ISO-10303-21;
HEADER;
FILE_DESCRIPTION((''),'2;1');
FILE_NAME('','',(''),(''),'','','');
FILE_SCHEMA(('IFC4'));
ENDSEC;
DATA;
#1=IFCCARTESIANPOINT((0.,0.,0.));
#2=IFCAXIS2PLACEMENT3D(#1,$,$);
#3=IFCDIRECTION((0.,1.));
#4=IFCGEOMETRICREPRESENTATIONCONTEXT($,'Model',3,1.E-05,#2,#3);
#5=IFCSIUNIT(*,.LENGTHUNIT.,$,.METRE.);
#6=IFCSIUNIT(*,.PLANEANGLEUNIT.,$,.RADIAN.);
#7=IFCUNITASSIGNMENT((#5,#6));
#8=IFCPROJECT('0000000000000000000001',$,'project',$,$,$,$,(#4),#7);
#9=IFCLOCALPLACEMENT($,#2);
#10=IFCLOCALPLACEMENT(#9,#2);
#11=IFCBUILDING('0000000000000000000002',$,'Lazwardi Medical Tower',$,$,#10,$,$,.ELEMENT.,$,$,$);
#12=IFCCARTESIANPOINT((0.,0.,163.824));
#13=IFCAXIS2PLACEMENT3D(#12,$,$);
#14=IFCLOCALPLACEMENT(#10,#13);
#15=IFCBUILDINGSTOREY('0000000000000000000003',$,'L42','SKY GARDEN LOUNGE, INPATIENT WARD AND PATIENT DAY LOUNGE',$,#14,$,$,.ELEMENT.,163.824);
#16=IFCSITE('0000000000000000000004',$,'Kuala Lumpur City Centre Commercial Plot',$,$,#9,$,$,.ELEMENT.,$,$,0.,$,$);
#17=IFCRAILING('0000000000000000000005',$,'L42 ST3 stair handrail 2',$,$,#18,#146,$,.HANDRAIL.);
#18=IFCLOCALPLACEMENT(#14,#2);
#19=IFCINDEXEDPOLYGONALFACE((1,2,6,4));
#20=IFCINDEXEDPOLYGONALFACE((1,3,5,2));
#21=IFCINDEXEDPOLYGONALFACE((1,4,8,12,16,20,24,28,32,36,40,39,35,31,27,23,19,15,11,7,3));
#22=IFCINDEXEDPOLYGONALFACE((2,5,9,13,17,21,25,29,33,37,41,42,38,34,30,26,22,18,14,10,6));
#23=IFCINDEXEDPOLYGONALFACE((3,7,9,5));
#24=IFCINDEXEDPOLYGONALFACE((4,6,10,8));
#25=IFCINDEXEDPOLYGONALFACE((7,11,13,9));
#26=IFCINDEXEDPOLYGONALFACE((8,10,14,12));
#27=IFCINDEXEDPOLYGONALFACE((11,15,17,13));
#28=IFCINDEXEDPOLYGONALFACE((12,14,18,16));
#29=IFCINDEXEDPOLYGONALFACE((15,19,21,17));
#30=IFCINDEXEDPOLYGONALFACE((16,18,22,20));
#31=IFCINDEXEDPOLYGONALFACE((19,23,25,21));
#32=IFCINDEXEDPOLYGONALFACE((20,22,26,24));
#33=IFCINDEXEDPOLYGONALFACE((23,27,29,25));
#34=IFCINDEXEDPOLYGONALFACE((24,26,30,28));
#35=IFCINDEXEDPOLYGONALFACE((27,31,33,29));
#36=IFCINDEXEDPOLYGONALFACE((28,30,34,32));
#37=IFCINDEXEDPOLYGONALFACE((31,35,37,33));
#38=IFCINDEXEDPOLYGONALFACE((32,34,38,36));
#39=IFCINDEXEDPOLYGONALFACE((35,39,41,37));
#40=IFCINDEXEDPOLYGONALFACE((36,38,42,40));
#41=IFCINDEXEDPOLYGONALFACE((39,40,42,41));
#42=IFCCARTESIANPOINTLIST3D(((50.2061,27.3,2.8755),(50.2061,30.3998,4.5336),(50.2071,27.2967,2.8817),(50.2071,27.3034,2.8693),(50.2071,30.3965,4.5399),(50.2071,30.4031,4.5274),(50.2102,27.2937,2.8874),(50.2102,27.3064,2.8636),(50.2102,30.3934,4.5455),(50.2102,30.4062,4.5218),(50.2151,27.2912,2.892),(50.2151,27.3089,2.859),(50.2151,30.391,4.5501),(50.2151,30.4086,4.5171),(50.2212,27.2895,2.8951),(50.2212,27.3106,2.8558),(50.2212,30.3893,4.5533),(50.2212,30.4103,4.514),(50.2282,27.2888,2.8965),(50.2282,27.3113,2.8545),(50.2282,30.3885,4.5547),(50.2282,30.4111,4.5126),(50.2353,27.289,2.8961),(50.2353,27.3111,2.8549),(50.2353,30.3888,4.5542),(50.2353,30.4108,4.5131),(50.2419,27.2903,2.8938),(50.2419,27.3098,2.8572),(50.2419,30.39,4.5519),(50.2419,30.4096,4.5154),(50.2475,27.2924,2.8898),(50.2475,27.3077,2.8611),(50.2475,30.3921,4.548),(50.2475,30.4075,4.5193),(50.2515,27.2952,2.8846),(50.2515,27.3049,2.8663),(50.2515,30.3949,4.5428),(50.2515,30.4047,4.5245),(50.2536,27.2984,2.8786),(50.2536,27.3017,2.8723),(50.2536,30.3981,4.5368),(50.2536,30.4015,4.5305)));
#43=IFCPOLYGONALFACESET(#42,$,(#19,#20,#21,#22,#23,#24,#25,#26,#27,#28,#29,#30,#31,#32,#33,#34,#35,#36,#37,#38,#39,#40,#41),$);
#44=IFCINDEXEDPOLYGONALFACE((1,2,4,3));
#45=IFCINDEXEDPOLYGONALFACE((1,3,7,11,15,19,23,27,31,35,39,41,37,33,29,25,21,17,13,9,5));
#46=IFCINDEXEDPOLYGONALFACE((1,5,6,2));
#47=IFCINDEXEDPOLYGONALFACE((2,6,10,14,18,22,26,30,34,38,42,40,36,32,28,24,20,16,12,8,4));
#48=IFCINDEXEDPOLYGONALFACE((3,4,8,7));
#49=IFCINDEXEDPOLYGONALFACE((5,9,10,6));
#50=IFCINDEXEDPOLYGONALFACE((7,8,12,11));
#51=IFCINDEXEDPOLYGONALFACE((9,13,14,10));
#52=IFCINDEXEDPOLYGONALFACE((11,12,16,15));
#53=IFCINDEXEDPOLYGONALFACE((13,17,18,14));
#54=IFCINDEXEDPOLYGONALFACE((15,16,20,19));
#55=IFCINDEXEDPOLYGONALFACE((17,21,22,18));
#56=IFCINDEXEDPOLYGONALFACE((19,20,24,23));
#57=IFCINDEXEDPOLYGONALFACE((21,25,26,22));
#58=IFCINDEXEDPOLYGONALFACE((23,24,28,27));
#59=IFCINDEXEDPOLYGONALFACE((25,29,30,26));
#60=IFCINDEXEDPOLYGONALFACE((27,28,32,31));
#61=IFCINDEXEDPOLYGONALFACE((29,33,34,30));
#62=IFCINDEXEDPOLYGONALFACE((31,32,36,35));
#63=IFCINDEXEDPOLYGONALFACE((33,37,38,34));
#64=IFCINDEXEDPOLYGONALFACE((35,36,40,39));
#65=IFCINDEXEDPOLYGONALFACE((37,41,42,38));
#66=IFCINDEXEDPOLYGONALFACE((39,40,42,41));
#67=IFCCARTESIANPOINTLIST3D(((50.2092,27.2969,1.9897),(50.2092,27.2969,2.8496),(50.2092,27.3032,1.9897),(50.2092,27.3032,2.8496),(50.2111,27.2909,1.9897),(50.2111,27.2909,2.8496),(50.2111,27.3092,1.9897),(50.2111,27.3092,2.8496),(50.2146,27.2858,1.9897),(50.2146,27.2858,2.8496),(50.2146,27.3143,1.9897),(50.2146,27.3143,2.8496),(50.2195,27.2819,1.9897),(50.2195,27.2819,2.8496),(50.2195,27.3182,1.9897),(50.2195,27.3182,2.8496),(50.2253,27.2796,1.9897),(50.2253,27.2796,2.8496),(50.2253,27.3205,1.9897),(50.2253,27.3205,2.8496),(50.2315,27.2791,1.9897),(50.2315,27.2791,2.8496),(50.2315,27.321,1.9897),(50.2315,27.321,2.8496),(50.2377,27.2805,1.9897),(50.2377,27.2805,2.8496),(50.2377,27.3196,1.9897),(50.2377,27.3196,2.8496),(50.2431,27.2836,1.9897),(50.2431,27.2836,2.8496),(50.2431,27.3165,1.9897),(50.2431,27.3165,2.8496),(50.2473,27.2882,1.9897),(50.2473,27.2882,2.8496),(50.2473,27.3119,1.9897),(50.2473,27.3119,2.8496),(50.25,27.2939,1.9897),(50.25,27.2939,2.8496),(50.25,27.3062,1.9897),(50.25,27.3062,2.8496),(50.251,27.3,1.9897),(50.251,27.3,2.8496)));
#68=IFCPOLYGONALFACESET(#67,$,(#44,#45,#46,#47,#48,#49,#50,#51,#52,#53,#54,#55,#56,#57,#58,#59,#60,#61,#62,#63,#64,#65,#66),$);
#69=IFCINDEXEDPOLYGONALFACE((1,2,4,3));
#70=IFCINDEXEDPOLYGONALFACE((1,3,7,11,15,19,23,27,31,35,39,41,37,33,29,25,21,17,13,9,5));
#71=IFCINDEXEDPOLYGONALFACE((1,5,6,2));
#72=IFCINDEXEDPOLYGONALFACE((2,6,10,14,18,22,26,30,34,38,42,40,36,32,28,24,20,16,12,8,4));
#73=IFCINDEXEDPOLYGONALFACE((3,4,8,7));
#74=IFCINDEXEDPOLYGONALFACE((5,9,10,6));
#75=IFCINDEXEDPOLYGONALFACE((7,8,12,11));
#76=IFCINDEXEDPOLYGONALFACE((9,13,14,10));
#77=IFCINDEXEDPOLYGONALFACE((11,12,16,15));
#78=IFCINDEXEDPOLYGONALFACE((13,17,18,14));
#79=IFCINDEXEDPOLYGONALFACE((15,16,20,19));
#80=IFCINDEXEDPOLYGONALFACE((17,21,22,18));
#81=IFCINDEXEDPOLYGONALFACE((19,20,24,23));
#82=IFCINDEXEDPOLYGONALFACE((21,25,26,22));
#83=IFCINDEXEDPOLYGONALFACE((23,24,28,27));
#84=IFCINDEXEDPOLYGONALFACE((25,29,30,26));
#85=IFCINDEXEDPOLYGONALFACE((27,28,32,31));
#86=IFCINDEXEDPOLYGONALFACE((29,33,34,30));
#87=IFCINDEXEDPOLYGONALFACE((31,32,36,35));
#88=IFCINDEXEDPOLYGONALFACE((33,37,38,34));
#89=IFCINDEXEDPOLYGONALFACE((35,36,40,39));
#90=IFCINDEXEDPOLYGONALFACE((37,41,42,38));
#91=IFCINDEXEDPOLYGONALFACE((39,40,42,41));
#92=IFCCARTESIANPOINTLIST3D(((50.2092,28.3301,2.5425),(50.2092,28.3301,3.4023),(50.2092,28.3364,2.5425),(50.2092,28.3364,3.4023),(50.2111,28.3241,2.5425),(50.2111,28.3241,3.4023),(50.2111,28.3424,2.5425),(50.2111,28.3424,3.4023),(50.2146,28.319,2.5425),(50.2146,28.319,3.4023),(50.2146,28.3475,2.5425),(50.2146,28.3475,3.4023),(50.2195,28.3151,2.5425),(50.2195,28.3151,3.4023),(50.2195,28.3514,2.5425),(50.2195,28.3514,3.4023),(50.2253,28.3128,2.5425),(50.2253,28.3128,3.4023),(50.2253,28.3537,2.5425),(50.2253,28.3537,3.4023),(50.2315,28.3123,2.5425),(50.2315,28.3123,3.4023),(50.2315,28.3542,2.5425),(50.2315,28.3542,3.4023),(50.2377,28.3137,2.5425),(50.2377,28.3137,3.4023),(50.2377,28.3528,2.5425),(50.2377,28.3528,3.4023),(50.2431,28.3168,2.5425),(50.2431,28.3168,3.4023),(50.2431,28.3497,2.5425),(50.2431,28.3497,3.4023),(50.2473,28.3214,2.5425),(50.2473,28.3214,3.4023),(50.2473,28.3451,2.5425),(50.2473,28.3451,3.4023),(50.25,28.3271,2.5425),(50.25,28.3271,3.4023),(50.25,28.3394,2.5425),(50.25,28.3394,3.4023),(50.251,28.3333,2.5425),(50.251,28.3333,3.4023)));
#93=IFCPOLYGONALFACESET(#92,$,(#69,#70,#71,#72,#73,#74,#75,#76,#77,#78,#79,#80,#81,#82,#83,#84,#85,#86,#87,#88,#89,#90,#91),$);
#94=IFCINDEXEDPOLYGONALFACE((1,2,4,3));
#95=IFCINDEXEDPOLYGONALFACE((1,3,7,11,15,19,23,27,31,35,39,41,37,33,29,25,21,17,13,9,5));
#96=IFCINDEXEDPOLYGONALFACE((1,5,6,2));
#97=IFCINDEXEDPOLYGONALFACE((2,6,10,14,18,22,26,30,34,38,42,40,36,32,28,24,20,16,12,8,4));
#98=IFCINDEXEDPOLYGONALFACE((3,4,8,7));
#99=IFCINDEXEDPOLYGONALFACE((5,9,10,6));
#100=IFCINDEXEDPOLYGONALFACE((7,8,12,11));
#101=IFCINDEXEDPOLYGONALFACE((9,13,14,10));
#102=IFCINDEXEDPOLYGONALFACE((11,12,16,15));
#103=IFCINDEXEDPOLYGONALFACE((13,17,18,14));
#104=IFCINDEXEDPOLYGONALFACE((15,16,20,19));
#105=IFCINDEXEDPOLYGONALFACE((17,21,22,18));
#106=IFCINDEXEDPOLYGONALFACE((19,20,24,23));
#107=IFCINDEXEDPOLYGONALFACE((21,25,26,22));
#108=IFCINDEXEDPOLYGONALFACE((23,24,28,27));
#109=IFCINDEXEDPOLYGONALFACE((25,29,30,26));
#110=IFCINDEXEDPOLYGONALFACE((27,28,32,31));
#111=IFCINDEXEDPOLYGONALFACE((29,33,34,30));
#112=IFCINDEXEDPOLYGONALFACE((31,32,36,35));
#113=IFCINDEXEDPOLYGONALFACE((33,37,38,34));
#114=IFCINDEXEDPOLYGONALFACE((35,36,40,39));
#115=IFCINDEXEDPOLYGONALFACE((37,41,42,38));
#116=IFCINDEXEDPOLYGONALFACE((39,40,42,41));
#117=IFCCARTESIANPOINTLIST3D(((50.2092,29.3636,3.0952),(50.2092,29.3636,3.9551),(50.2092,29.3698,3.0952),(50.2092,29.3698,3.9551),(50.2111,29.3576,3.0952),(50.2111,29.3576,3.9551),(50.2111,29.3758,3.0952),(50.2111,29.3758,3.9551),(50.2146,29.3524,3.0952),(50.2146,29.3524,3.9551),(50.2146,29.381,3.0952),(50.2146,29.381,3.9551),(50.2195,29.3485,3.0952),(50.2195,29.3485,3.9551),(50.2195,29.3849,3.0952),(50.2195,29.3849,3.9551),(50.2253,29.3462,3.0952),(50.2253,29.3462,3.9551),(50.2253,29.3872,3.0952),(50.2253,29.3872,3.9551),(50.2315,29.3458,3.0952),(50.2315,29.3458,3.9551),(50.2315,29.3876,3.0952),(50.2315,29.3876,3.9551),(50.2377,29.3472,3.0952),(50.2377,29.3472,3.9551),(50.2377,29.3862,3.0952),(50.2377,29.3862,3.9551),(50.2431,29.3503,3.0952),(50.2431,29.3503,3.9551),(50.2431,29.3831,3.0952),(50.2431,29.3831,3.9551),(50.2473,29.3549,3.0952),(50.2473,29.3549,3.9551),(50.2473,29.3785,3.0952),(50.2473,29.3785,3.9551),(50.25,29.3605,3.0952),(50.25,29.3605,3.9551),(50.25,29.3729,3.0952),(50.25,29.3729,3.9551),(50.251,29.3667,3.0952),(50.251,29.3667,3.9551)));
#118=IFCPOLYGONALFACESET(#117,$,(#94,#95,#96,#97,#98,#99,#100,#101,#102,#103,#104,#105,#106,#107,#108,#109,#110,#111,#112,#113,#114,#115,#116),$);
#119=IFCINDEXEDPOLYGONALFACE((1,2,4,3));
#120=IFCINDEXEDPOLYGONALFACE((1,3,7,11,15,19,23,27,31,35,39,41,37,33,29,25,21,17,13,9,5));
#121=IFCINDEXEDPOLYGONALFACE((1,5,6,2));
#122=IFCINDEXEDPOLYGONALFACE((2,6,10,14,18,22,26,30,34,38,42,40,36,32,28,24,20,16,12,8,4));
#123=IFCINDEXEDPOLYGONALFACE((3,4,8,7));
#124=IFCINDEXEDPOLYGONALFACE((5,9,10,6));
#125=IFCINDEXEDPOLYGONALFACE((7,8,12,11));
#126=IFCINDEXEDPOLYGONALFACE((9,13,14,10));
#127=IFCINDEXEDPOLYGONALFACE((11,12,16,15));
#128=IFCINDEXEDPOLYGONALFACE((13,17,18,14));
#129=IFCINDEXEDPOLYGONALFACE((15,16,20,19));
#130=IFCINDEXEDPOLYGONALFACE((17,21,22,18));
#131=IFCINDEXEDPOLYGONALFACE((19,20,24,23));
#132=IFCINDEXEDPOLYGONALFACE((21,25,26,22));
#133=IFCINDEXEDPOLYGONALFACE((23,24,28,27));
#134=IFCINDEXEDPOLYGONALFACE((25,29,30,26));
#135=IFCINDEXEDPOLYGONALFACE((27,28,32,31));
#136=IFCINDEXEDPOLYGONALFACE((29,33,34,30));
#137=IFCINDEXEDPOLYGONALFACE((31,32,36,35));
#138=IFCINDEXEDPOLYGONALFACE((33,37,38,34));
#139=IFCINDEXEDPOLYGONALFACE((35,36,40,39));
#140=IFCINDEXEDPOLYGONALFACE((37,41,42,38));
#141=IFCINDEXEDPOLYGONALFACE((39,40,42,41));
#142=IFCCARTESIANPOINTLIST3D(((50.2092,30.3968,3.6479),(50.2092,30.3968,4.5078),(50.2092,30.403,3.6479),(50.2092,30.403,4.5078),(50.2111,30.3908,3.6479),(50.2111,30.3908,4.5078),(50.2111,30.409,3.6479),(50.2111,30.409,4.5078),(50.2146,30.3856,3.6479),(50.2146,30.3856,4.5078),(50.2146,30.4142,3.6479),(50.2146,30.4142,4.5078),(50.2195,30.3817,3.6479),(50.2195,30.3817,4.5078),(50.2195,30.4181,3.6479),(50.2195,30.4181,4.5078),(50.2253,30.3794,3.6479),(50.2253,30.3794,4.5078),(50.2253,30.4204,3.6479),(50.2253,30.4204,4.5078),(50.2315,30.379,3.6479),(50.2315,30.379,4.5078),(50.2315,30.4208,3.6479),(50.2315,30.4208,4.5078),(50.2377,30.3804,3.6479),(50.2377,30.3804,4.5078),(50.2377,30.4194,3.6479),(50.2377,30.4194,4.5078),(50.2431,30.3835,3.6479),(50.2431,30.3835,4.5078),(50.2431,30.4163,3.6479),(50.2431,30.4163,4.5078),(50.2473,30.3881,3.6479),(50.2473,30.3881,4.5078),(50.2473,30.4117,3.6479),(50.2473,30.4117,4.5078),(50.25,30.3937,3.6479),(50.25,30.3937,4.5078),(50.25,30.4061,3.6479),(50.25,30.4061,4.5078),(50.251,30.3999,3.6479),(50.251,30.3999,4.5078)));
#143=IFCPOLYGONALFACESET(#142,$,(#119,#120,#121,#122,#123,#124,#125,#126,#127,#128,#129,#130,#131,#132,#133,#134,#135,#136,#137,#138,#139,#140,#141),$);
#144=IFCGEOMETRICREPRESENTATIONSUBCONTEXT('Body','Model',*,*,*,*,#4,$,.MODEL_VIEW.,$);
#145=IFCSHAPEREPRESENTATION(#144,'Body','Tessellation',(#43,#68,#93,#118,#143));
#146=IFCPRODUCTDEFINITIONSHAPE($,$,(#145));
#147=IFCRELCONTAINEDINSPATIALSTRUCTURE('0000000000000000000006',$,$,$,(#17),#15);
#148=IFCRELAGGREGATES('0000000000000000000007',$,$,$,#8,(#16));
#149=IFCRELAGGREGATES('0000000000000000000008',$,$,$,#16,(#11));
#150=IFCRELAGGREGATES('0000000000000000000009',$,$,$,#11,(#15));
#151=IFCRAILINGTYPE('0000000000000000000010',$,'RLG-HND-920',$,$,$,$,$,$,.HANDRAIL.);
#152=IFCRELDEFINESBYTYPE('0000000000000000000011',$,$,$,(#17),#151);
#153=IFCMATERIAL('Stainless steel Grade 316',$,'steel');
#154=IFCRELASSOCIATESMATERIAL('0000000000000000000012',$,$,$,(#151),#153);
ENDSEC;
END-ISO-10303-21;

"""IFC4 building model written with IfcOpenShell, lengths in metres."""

from ifc_helpers import new_model, si_unit, direction, frame, origin, origin_2d, place, context, subcontext, project, spatial, circle, extrude, material, type_object, element, save


model = new_model("IFC4")

# Units and contexts
model_context = context("Model", 3, precision=1e-05, world=origin(), true_north=direction((0.0, 1.0)))
body_context = subcontext(model_context, "Body", "Model", "MODEL_VIEW")
ifc_project = project(units=[si_unit("LENGTHUNIT", "METRE"), si_unit("PLANEANGLEUNIT", "RADIAN")], contexts=[model_context])

# Site, building, storey
site_placement = place(None, origin())
site = spatial("IfcSite", under=ifc_project, at=site_placement, Name="Kuala Lumpur City Centre Commercial Plot", CompositionType="ELEMENT", RefElevation=0.0)
building_placement = place(site_placement, origin())
building = spatial("IfcBuilding", under=site, at=building_placement, Name="Lazwardi Medical Tower", CompositionType="ELEMENT")
storey_placement = place(building_placement, frame((0.0, 0.0, 163.824)))
storey = spatial("IfcBuildingStorey", under=building, at=storey_placement, Name="L42", Description="SKY GARDEN LOUNGE, INPATIENT WARD AND PATIENT DAY LOUNGE", CompositionType="ELEMENT", Elevation=163.824)

# Railing
ifc_material_1 = material(Name="Stainless steel Grade 316", Category="steel")
railing_type_1 = type_object("IfcRailingType", Name="RLG-HND-920", PredefinedType="HANDRAIL", material=ifc_material_1)
railing_1_placement = place(storey_placement, frame((50.23, 27.3, 1.9897)))
element("IfcRailing", 1, at=railing_1_placement, inside=storey, type_object=railing_type_1, Name="L42 ST3 stair handrail 2", PredefinedType="HANDRAIL", context=body_context, shape_type="SweptSolid", body=[
    extrude(circle(Radius=0.0239, at=origin_2d()), frame((0.0, 0.0, 0.8857), z_axis=(0.0, 0.881768, 0.471684), x_axis=(-1.0, 0.0, 0.0)), (0.0, 0.0, 1.0), 3.5154),
    extrude(circle(Radius=0.021, at=origin_2d()), origin(), (0.0, 0.0, 1.0), 0.8599),
    extrude(circle(Radius=0.021, at=origin_2d()), frame((0.0, 1.0332, 0.5527)), (0.0, 0.0, 1.0), 0.8599),
    extrude(circle(Radius=0.021, at=origin_2d()), frame((0.0, 2.0667, 1.1055)), (0.0, 0.0, 1.0), 0.8599),
    extrude(circle(Radius=0.021, at=origin_2d()), frame((0.0, 3.0999, 1.6582)), (0.0, 0.0, 1.0), 0.8599),
])

save(model, "model.ifc")
